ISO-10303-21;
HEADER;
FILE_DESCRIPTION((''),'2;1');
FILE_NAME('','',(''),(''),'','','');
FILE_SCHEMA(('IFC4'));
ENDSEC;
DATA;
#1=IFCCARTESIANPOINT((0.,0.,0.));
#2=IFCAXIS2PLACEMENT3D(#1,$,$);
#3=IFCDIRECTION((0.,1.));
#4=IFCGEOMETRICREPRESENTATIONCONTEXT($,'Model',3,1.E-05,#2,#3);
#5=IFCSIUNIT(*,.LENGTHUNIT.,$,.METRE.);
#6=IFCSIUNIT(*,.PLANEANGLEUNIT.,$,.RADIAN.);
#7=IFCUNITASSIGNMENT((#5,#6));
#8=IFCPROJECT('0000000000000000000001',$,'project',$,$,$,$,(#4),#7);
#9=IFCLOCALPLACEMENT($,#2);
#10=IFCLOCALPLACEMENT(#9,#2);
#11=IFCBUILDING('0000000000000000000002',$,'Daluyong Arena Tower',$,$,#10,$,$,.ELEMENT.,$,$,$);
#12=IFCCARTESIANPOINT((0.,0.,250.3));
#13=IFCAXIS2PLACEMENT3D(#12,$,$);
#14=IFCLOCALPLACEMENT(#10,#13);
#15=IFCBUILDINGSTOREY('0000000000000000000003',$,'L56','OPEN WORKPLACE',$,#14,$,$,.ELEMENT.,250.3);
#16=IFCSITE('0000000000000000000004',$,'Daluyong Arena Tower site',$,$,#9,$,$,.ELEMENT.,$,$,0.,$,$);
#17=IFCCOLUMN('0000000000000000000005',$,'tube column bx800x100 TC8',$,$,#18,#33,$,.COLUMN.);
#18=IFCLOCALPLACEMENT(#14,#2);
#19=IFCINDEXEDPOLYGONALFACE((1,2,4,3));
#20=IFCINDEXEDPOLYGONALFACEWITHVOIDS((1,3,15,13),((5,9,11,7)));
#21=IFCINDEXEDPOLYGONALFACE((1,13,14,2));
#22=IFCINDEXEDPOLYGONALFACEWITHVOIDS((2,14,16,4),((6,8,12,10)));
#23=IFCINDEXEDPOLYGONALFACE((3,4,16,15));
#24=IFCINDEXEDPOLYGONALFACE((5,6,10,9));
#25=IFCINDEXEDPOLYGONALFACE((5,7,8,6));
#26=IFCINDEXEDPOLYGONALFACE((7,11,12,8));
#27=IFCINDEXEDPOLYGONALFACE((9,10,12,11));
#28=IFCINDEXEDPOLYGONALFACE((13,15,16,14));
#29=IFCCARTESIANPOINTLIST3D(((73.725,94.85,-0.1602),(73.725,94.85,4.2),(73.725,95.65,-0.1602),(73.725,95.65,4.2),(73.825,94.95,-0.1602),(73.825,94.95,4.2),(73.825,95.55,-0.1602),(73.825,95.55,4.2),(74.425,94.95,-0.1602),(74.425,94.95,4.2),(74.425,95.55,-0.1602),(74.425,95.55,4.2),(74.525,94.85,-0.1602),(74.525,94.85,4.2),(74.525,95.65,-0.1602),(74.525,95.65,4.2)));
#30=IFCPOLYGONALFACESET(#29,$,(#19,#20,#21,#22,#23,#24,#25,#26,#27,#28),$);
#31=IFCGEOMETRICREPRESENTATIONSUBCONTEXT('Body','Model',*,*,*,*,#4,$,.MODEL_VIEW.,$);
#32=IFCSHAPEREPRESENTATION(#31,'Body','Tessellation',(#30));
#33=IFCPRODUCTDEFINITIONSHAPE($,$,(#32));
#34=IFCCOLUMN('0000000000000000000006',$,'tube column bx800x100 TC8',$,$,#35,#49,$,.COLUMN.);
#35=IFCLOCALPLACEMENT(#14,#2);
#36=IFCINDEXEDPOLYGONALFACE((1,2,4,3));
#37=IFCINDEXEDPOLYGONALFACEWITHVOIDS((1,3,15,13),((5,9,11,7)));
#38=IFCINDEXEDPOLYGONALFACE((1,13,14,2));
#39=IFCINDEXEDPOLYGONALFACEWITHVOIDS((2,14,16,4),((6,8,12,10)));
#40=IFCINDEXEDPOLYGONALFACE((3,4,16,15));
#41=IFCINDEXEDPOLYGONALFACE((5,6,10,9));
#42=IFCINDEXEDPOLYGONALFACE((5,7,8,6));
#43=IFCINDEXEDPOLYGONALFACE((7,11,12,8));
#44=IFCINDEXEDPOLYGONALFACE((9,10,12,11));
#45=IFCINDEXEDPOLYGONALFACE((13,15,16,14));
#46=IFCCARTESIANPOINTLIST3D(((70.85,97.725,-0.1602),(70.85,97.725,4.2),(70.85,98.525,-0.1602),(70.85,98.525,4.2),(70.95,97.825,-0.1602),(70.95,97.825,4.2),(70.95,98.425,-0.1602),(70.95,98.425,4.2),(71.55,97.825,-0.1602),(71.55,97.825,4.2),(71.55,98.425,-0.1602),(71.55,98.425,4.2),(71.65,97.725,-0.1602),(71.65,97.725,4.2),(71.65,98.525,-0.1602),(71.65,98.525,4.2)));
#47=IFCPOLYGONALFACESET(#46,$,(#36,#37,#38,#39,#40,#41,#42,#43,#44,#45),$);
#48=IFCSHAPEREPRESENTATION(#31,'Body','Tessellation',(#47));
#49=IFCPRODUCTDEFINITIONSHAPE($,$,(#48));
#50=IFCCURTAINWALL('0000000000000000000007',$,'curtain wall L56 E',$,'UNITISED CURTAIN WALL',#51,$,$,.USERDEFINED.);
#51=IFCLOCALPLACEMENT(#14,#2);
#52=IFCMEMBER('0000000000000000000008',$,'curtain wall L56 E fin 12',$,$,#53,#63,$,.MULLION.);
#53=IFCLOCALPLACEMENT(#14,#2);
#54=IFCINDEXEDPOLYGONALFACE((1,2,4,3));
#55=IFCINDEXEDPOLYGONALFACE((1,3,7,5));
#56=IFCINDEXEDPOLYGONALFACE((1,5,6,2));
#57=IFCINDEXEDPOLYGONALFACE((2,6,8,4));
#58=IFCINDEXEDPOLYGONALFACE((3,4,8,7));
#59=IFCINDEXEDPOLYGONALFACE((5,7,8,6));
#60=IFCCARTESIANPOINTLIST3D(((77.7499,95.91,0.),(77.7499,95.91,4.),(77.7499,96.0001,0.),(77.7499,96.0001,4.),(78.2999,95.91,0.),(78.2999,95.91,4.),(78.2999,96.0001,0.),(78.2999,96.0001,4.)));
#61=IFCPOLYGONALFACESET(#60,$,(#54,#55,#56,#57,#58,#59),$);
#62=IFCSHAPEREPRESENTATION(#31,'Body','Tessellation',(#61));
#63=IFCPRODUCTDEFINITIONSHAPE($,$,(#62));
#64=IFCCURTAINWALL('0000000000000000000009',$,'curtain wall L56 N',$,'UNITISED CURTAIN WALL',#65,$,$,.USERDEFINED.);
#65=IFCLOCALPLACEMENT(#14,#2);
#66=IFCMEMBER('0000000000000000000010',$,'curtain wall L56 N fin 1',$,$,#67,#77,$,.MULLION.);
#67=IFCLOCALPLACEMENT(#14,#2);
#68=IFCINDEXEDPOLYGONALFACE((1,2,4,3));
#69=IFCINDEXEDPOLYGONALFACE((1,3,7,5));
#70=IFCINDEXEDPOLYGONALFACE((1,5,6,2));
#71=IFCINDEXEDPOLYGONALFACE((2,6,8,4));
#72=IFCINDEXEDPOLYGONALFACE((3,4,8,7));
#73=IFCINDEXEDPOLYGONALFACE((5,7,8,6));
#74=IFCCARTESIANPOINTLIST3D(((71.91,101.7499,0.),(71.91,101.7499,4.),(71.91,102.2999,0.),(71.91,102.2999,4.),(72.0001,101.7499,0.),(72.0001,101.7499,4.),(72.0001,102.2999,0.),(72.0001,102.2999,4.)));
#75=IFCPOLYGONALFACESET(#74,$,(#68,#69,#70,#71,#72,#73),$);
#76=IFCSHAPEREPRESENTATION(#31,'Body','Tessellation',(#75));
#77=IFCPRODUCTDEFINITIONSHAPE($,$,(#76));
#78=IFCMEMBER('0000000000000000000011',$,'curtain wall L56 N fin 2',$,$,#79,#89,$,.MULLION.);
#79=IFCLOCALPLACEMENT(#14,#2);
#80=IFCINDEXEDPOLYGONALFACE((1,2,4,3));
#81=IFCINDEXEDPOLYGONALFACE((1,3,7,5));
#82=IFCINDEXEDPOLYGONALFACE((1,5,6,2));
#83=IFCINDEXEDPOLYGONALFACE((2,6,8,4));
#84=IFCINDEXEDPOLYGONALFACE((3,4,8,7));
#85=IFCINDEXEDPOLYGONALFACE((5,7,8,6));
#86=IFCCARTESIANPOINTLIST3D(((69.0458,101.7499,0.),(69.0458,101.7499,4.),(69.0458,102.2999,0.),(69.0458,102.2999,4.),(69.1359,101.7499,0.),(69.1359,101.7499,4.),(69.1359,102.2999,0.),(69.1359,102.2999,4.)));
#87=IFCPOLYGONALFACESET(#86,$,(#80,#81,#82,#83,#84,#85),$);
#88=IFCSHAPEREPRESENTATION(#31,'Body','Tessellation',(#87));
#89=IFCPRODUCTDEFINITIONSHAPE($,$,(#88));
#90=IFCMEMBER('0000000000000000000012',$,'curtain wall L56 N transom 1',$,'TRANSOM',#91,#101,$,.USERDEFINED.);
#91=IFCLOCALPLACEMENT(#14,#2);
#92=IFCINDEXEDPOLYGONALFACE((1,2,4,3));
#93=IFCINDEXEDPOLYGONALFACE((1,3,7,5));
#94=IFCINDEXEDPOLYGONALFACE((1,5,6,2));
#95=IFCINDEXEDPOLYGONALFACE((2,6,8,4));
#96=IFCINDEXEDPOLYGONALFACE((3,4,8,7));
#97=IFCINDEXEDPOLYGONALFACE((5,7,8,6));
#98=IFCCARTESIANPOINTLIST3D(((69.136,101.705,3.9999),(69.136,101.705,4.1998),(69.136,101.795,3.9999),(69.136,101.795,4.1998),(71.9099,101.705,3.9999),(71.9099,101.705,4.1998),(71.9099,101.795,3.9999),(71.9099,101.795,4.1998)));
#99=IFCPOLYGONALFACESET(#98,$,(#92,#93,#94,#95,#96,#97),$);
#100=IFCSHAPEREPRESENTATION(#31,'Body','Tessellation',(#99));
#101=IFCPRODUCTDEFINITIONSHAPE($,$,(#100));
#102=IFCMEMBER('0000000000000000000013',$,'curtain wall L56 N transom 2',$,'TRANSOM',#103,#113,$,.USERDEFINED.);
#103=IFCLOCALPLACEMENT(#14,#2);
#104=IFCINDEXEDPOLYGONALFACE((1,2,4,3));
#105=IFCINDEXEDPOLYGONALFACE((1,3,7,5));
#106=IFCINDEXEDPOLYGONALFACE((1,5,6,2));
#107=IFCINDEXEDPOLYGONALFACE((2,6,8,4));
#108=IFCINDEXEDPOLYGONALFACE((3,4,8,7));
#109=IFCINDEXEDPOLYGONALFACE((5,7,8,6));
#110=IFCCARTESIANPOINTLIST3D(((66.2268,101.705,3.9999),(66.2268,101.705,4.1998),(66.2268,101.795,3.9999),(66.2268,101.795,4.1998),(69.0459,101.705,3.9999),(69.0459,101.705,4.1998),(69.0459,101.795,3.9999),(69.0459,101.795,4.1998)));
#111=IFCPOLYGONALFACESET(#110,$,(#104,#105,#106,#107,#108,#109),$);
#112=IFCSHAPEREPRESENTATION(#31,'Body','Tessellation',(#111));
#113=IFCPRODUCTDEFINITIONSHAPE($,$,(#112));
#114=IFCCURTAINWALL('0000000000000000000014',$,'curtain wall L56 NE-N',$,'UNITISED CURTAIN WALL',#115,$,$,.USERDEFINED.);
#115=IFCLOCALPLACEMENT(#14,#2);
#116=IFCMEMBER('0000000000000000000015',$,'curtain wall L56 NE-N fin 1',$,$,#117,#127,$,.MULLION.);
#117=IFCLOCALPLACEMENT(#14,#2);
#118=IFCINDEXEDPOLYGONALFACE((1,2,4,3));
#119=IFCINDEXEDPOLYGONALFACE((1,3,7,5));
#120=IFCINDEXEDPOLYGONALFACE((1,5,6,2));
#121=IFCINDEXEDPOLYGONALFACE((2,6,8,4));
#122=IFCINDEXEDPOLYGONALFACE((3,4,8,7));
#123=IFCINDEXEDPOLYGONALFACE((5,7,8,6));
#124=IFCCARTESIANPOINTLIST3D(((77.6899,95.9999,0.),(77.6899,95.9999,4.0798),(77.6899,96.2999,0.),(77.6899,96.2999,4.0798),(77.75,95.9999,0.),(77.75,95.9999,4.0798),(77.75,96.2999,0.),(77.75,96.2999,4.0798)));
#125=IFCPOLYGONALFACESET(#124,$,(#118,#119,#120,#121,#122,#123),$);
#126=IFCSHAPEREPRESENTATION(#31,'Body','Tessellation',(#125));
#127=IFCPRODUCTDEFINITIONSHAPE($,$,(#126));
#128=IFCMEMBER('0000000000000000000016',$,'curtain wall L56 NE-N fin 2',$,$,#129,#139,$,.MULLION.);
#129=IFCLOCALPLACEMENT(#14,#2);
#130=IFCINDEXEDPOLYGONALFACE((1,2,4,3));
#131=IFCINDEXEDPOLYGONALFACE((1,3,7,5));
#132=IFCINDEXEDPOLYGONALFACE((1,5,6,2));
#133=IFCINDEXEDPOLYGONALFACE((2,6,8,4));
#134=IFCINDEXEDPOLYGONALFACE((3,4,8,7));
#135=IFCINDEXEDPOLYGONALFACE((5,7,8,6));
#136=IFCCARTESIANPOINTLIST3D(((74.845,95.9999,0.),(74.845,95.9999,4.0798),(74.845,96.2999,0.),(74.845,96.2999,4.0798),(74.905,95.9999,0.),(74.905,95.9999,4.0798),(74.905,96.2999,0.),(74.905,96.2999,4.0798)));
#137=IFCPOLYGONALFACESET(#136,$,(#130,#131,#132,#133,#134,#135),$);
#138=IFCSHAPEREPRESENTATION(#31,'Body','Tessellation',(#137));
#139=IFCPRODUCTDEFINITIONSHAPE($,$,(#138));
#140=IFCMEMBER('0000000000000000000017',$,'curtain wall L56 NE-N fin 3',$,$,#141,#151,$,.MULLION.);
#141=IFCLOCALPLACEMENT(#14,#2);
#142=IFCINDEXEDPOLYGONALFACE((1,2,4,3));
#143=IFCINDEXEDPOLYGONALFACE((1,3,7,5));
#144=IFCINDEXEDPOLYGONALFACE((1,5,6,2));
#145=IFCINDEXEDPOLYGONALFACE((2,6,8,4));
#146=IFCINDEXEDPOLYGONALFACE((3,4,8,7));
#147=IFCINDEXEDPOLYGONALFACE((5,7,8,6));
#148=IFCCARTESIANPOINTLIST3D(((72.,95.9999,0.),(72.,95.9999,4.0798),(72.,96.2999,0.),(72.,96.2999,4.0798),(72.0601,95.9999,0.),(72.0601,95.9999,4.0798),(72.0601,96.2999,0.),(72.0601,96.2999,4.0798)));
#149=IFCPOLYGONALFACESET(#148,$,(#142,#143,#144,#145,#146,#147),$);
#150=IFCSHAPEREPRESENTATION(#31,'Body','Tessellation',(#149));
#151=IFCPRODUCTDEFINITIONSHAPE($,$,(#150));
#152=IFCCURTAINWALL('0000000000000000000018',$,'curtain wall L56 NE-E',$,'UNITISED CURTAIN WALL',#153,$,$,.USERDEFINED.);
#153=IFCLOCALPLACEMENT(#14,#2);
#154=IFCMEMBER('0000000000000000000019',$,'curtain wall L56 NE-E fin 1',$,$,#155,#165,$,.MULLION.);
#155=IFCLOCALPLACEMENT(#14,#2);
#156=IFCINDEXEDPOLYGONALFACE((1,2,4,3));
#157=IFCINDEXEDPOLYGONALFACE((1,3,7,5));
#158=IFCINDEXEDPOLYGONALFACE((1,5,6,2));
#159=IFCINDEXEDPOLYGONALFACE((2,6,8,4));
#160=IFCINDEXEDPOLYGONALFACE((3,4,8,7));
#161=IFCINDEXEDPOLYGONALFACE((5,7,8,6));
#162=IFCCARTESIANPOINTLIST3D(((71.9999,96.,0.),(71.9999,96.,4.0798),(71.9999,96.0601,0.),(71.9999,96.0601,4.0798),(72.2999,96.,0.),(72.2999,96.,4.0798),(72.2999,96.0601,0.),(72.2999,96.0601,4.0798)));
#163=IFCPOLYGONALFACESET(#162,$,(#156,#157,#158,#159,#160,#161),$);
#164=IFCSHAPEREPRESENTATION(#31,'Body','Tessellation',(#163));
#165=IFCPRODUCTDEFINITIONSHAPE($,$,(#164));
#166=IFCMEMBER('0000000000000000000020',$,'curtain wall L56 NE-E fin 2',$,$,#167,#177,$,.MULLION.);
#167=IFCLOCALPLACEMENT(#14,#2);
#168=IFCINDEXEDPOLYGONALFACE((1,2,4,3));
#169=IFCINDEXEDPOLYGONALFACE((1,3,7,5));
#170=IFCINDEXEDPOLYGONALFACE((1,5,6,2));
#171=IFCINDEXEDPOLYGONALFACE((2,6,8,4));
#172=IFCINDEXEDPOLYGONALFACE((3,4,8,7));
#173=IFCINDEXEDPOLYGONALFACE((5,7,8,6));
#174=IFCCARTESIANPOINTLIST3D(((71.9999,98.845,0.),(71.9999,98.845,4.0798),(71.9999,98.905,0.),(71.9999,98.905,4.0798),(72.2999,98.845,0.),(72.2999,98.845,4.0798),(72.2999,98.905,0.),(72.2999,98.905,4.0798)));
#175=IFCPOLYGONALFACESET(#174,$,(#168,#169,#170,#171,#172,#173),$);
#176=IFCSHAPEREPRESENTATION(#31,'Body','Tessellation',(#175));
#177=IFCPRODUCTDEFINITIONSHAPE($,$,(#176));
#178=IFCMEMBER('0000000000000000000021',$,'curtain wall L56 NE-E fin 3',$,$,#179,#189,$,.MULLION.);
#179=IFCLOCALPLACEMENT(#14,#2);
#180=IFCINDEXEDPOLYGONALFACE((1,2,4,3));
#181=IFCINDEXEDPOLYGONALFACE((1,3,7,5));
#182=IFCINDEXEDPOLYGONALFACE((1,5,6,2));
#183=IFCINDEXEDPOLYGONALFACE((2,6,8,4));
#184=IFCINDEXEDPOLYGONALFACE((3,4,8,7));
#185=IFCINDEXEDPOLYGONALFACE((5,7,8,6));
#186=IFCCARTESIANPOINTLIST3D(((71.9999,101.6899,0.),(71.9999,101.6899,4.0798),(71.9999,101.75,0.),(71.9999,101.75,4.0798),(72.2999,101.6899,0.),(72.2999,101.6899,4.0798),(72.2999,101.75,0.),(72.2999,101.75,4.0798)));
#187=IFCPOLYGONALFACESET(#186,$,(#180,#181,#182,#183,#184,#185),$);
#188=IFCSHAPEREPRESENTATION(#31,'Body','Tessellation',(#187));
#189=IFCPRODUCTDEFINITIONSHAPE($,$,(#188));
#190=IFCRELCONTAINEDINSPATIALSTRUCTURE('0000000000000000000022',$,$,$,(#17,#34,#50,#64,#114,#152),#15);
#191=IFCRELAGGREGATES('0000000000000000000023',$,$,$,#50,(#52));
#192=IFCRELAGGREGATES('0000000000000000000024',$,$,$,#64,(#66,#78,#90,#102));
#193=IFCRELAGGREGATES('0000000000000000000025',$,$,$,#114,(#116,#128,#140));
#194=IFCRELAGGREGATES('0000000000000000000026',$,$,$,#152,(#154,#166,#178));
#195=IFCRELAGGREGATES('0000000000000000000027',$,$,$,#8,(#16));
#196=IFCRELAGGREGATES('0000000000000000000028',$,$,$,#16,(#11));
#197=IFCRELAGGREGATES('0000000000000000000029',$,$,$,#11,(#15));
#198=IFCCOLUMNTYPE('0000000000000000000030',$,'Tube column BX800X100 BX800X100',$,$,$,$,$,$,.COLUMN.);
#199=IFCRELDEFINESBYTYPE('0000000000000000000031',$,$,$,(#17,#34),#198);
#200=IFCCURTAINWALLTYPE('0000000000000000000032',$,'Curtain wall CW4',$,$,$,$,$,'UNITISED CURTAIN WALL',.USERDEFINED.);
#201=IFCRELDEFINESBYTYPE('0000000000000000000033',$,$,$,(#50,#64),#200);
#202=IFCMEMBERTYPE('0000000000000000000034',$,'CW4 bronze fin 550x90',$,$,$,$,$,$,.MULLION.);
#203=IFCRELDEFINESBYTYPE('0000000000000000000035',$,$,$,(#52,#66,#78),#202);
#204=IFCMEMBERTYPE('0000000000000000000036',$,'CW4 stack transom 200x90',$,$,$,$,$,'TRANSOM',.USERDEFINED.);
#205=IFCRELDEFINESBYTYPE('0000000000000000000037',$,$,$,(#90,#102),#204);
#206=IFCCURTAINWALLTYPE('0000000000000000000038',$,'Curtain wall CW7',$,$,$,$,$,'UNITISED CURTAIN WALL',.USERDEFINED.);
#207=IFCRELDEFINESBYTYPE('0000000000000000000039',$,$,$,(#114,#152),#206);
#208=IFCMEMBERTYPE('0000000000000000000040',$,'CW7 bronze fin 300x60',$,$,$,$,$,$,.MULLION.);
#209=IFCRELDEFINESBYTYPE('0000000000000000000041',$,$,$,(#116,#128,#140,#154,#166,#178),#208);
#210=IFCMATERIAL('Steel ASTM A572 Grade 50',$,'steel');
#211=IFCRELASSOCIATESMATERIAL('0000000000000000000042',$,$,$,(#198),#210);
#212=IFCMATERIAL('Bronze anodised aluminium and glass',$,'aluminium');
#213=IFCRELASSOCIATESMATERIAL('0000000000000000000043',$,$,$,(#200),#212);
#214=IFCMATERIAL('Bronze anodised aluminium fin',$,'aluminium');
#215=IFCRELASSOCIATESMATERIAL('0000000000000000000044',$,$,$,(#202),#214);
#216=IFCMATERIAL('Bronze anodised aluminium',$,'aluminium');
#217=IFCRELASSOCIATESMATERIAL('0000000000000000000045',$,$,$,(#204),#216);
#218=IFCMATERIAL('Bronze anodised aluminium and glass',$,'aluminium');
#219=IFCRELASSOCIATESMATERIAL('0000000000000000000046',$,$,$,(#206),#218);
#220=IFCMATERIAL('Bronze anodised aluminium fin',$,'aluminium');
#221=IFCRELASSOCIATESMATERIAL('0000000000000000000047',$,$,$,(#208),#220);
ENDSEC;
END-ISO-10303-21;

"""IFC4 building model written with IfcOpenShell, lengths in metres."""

from ifc_helpers import new_model, si_unit, direction, frame, origin, origin_2d, place, context, subcontext, project, spatial, rectangle, hollow_rectangle, extrude, material, material_profile, profile_set, type_object, element, aggregate, save


model = new_model("IFC4")

# Units and contexts
model_context = context("Model", 3, precision=1e-05, world=origin(), true_north=direction((0.0, 1.0)))
body_context = subcontext(model_context, "Body", "Model", "MODEL_VIEW")
ifc_project = project(units=[si_unit("LENGTHUNIT", "METRE"), si_unit("PLANEANGLEUNIT", "RADIAN")], contexts=[model_context])

# Site, building, storey
site_placement = place(None, origin())
site = spatial("IfcSite", under=ifc_project, at=site_placement, Name="Daluyong Arena Tower site", CompositionType="ELEMENT", RefElevation=0.0)
building_placement = place(site_placement, origin())
building = spatial("IfcBuilding", under=site, at=building_placement, Name="Daluyong Arena Tower", CompositionType="ELEMENT")
storey_placement = place(building_placement, frame((0.0, 0.0, 250.3)))
storey = spatial("IfcBuildingStorey", under=building, at=storey_placement, Name="L56", Description="OPEN WORKPLACE", CompositionType="ELEMENT", Elevation=250.3)

# Columns
ifc_material_1 = material(Name="Steel ASTM A572 Grade 50", Category="steel")
ifc_material_profile_1 = material_profile(ifc_material_1, hollow_rectangle(XDim=0.8, YDim=0.8, WallThickness=0.1, at=origin_2d()))
ifc_profile_set_1 = profile_set([ifc_material_profile_1], Name="Steel ASTM A572 Grade 50")
column_type_1 = type_object("IfcColumnType", Name="Tube column BX800X100 BX800X100", PredefinedType="COLUMN", material=ifc_profile_set_1)
for number, where, z_axis, x_axis, name in (
    (1, (74.125, 95.25, -0.1602), (0.0, 0.0, 1.0), (1.0, 0.0, 0.0), "tube column bx800x100 TC8"),
    (2, (71.25, 98.125, -0.1602), (0.0, 0.0, 1.0), (0.0, 1.0, 0.0), "tube column bx800x100 TC8"),
):
    element("IfcColumn", number, at=place(storey_placement, frame(where, z_axis=z_axis, x_axis=x_axis)), inside=storey, type_object=column_type_1, Name=name, PredefinedType="COLUMN", context=body_context, shape_type="SweptSolid", body=[
        extrude(hollow_rectangle(XDim=0.8, YDim=0.8, WallThickness=0.1, at=origin_2d()), origin(), (0.0, 0.0, 1.0), 4.3601),
    ])

# Curtain wall, member
ifc_material_2 = material(Name="Bronze anodised aluminium and glass", Category="aluminium")
curtain_wall_type_1 = type_object("IfcCurtainWallType", Name="Curtain wall CW4", ElementType="UNITISED CURTAIN WALL", PredefinedType="USERDEFINED", material=ifc_material_2)
curtain_wall_1_placement = place(storey_placement, origin())
curtain_wall_1 = element("IfcCurtainWall", 3, at=curtain_wall_1_placement, inside=storey, type_object=curtain_wall_type_1, Name="curtain wall L56 E", ObjectType="UNITISED CURTAIN WALL", PredefinedType="USERDEFINED")
ifc_material_3 = material(Name="Bronze anodised aluminium fin", Category="aluminium")
ifc_material_profile_2 = material_profile(ifc_material_3, rectangle(XDim=0.55, YDim=0.0901, at=origin_2d()))
ifc_profile_set_2 = profile_set([ifc_material_profile_2], Name="Bronze anodised aluminium fin")
member_type_1 = type_object("IfcMemberType", Name="CW4 bronze fin 550x90", PredefinedType="MULLION", material=ifc_profile_set_2)
member_1_placement = place(storey_placement, frame((78.0249, 95.9551, 0.0), z_axis=(0.0, 0.0, 1.0), x_axis=(-1.0, 0.0, 0.0)))
member_1 = element("IfcMember", 4, at=member_1_placement, type_object=member_type_1, Name="curtain wall L56 E fin 12", PredefinedType="MULLION", context=body_context, shape_type="SweptSolid", body=[
    extrude(rectangle(XDim=0.55, YDim=0.0901, at=origin_2d()), origin(), (0.0, 0.0, 1.0), 4.0),
])
aggregate(curtain_wall_1, [member_1])

# Curtain walls, members
curtain_wall_2_placement = place(storey_placement, origin())
curtain_wall_2 = element("IfcCurtainWall", 5, at=curtain_wall_2_placement, inside=storey, type_object=curtain_wall_type_1, Name="curtain wall L56 N", ObjectType="UNITISED CURTAIN WALL", PredefinedType="USERDEFINED")
member_2_placement = place(storey_placement, frame((71.9551, 102.0249, 0.0), z_axis=(0.0, 0.0, 1.0), x_axis=(0.0, -1.0, 0.0)))
member_2 = element("IfcMember", 6, at=member_2_placement, type_object=member_type_1, Name="curtain wall L56 N fin 1", PredefinedType="MULLION", context=body_context, shape_type="SweptSolid", body=[
    extrude(rectangle(XDim=0.55, YDim=0.0901, at=origin_2d()), origin(), (0.0, 0.0, 1.0), 4.0),
])
member_3_placement = place(storey_placement, frame((69.0908, 102.0249, 0.0), z_axis=(0.0, 0.0, 1.0), x_axis=(0.0, -1.0, 0.0)))
member_3 = element("IfcMember", 7, at=member_3_placement, type_object=member_type_1, Name="curtain wall L56 N fin 2", PredefinedType="MULLION", context=body_context, shape_type="SweptSolid", body=[
    extrude(rectangle(XDim=0.55, YDim=0.0901, at=origin_2d()), origin(), (0.0, 0.0, 1.0), 4.0),
])
ifc_material_4 = material(Name="Bronze anodised aluminium", Category="aluminium")
ifc_material_profile_3 = material_profile(ifc_material_4, rectangle(XDim=0.0901, YDim=0.2, at=origin_2d()))
ifc_profile_set_3 = profile_set([ifc_material_profile_3], Name="Bronze anodised aluminium")
member_type_2 = type_object("IfcMemberType", Name="CW4 stack transom 200x90", ElementType="TRANSOM", PredefinedType="USERDEFINED", material=ifc_profile_set_3)
member_4_placement = place(storey_placement, frame((71.9099, 101.75, 4.0999), z_axis=(-1.0, 0.0, 0.0), x_axis=(0.0, -1.0, 0.0)))
member_4 = element("IfcMember", 8, at=member_4_placement, type_object=member_type_2, Name="curtain wall L56 N transom 1", ObjectType="TRANSOM", PredefinedType="USERDEFINED", context=body_context, shape_type="SweptSolid", body=[
    extrude(rectangle(XDim=0.0901, YDim=0.2, at=origin_2d()), origin(), (0.0, 0.0, 1.0), 2.7739),
])
member_5_placement = place(storey_placement, frame((69.0459, 101.75, 4.0999), z_axis=(-1.0, 0.0, 0.0), x_axis=(0.0, -1.0, 0.0)))
member_5 = element("IfcMember", 9, at=member_5_placement, type_object=member_type_2, Name="curtain wall L56 N transom 2", ObjectType="TRANSOM", PredefinedType="USERDEFINED", context=body_context, shape_type="SweptSolid", body=[
    extrude(rectangle(XDim=0.0901, YDim=0.2, at=origin_2d()), origin(), (0.0, 0.0, 1.0), 2.8191),
])
ifc_material_5 = material(Name="Bronze anodised aluminium and glass", Category="aluminium")
curtain_wall_type_2 = type_object("IfcCurtainWallType", Name="Curtain wall CW7", ElementType="UNITISED CURTAIN WALL", PredefinedType="USERDEFINED", material=ifc_material_5)
curtain_wall_3_placement = place(storey_placement, origin())
curtain_wall_3 = element("IfcCurtainWall", 10, at=curtain_wall_3_placement, inside=storey, type_object=curtain_wall_type_2, Name="curtain wall L56 NE-N", ObjectType="UNITISED CURTAIN WALL", PredefinedType="USERDEFINED")
ifc_material_6 = material(Name="Bronze anodised aluminium fin", Category="aluminium")
ifc_material_profile_4 = material_profile(ifc_material_6, rectangle(XDim=0.3, YDim=0.0601, at=origin_2d()))
ifc_profile_set_4 = profile_set([ifc_material_profile_4], Name="Bronze anodised aluminium fin")
member_type_3 = type_object("IfcMemberType", Name="CW7 bronze fin 300x60", PredefinedType="MULLION", material=ifc_profile_set_4)
member_6_placement = place(storey_placement, frame((77.72, 96.1499, 0.0), z_axis=(0.0, 0.0, 1.0), x_axis=(0.0, -1.0, 0.0)))
member_6 = element("IfcMember", 11, at=member_6_placement, type_object=member_type_3, Name="curtain wall L56 NE-N fin 1", PredefinedType="MULLION", context=body_context, shape_type="SweptSolid", body=[
    extrude(rectangle(XDim=0.3, YDim=0.0601, at=origin_2d()), origin(), (0.0, 0.0, 1.0), 4.0798),
])
member_7_placement = place(storey_placement, frame((74.875, 96.1499, 0.0), z_axis=(0.0, 0.0, 1.0), x_axis=(0.0, -1.0, 0.0)))
member_7 = element("IfcMember", 12, at=member_7_placement, type_object=member_type_3, Name="curtain wall L56 NE-N fin 2", PredefinedType="MULLION", context=body_context, shape_type="SweptSolid", body=[
    extrude(rectangle(XDim=0.3, YDim=0.0601, at=origin_2d()), origin(), (0.0, 0.0, 1.0), 4.0798),
])
member_8_placement = place(storey_placement, frame((72.03, 96.1499, 0.0), z_axis=(0.0, 0.0, 1.0), x_axis=(0.0, -1.0, 0.0)))
member_8 = element("IfcMember", 13, at=member_8_placement, type_object=member_type_3, Name="curtain wall L56 NE-N fin 3", PredefinedType="MULLION", context=body_context, shape_type="SweptSolid", body=[
    extrude(rectangle(XDim=0.3, YDim=0.0601, at=origin_2d()), origin(), (0.0, 0.0, 1.0), 4.0798),
])
curtain_wall_4_placement = place(storey_placement, origin())
curtain_wall_4 = element("IfcCurtainWall", 14, at=curtain_wall_4_placement, inside=storey, type_object=curtain_wall_type_2, Name="curtain wall L56 NE-E", ObjectType="UNITISED CURTAIN WALL", PredefinedType="USERDEFINED")
member_9_placement = place(storey_placement, frame((72.1499, 96.03, 0.0), z_axis=(0.0, 0.0, 1.0), x_axis=(-1.0, 0.0, 0.0)))
member_9 = element("IfcMember", 15, at=member_9_placement, type_object=member_type_3, Name="curtain wall L56 NE-E fin 1", PredefinedType="MULLION", context=body_context, shape_type="SweptSolid", body=[
    extrude(rectangle(XDim=0.3, YDim=0.0601, at=origin_2d()), origin(), (0.0, 0.0, 1.0), 4.0798),
])
member_10_placement = place(storey_placement, frame((72.1499, 98.875, 0.0), z_axis=(0.0, 0.0, 1.0), x_axis=(-1.0, 0.0, 0.0)))
member_10 = element("IfcMember", 16, at=member_10_placement, type_object=member_type_3, Name="curtain wall L56 NE-E fin 2", PredefinedType="MULLION", context=body_context, shape_type="SweptSolid", body=[
    extrude(rectangle(XDim=0.3, YDim=0.0601, at=origin_2d()), origin(), (0.0, 0.0, 1.0), 4.0798),
])
member_11_placement = place(storey_placement, frame((72.1499, 101.72, 0.0), z_axis=(0.0, 0.0, 1.0), x_axis=(-1.0, 0.0, 0.0)))
member_11 = element("IfcMember", 17, at=member_11_placement, type_object=member_type_3, Name="curtain wall L56 NE-E fin 3", PredefinedType="MULLION", context=body_context, shape_type="SweptSolid", body=[
    extrude(rectangle(XDim=0.3, YDim=0.0601, at=origin_2d()), origin(), (0.0, 0.0, 1.0), 4.0798),
])

aggregate(curtain_wall_2, [member_2, member_3, member_4, member_5])
aggregate(curtain_wall_3, [member_6, member_7, member_8])
aggregate(curtain_wall_4, [member_9, member_10, member_11])

save(model, "model.ifc")
